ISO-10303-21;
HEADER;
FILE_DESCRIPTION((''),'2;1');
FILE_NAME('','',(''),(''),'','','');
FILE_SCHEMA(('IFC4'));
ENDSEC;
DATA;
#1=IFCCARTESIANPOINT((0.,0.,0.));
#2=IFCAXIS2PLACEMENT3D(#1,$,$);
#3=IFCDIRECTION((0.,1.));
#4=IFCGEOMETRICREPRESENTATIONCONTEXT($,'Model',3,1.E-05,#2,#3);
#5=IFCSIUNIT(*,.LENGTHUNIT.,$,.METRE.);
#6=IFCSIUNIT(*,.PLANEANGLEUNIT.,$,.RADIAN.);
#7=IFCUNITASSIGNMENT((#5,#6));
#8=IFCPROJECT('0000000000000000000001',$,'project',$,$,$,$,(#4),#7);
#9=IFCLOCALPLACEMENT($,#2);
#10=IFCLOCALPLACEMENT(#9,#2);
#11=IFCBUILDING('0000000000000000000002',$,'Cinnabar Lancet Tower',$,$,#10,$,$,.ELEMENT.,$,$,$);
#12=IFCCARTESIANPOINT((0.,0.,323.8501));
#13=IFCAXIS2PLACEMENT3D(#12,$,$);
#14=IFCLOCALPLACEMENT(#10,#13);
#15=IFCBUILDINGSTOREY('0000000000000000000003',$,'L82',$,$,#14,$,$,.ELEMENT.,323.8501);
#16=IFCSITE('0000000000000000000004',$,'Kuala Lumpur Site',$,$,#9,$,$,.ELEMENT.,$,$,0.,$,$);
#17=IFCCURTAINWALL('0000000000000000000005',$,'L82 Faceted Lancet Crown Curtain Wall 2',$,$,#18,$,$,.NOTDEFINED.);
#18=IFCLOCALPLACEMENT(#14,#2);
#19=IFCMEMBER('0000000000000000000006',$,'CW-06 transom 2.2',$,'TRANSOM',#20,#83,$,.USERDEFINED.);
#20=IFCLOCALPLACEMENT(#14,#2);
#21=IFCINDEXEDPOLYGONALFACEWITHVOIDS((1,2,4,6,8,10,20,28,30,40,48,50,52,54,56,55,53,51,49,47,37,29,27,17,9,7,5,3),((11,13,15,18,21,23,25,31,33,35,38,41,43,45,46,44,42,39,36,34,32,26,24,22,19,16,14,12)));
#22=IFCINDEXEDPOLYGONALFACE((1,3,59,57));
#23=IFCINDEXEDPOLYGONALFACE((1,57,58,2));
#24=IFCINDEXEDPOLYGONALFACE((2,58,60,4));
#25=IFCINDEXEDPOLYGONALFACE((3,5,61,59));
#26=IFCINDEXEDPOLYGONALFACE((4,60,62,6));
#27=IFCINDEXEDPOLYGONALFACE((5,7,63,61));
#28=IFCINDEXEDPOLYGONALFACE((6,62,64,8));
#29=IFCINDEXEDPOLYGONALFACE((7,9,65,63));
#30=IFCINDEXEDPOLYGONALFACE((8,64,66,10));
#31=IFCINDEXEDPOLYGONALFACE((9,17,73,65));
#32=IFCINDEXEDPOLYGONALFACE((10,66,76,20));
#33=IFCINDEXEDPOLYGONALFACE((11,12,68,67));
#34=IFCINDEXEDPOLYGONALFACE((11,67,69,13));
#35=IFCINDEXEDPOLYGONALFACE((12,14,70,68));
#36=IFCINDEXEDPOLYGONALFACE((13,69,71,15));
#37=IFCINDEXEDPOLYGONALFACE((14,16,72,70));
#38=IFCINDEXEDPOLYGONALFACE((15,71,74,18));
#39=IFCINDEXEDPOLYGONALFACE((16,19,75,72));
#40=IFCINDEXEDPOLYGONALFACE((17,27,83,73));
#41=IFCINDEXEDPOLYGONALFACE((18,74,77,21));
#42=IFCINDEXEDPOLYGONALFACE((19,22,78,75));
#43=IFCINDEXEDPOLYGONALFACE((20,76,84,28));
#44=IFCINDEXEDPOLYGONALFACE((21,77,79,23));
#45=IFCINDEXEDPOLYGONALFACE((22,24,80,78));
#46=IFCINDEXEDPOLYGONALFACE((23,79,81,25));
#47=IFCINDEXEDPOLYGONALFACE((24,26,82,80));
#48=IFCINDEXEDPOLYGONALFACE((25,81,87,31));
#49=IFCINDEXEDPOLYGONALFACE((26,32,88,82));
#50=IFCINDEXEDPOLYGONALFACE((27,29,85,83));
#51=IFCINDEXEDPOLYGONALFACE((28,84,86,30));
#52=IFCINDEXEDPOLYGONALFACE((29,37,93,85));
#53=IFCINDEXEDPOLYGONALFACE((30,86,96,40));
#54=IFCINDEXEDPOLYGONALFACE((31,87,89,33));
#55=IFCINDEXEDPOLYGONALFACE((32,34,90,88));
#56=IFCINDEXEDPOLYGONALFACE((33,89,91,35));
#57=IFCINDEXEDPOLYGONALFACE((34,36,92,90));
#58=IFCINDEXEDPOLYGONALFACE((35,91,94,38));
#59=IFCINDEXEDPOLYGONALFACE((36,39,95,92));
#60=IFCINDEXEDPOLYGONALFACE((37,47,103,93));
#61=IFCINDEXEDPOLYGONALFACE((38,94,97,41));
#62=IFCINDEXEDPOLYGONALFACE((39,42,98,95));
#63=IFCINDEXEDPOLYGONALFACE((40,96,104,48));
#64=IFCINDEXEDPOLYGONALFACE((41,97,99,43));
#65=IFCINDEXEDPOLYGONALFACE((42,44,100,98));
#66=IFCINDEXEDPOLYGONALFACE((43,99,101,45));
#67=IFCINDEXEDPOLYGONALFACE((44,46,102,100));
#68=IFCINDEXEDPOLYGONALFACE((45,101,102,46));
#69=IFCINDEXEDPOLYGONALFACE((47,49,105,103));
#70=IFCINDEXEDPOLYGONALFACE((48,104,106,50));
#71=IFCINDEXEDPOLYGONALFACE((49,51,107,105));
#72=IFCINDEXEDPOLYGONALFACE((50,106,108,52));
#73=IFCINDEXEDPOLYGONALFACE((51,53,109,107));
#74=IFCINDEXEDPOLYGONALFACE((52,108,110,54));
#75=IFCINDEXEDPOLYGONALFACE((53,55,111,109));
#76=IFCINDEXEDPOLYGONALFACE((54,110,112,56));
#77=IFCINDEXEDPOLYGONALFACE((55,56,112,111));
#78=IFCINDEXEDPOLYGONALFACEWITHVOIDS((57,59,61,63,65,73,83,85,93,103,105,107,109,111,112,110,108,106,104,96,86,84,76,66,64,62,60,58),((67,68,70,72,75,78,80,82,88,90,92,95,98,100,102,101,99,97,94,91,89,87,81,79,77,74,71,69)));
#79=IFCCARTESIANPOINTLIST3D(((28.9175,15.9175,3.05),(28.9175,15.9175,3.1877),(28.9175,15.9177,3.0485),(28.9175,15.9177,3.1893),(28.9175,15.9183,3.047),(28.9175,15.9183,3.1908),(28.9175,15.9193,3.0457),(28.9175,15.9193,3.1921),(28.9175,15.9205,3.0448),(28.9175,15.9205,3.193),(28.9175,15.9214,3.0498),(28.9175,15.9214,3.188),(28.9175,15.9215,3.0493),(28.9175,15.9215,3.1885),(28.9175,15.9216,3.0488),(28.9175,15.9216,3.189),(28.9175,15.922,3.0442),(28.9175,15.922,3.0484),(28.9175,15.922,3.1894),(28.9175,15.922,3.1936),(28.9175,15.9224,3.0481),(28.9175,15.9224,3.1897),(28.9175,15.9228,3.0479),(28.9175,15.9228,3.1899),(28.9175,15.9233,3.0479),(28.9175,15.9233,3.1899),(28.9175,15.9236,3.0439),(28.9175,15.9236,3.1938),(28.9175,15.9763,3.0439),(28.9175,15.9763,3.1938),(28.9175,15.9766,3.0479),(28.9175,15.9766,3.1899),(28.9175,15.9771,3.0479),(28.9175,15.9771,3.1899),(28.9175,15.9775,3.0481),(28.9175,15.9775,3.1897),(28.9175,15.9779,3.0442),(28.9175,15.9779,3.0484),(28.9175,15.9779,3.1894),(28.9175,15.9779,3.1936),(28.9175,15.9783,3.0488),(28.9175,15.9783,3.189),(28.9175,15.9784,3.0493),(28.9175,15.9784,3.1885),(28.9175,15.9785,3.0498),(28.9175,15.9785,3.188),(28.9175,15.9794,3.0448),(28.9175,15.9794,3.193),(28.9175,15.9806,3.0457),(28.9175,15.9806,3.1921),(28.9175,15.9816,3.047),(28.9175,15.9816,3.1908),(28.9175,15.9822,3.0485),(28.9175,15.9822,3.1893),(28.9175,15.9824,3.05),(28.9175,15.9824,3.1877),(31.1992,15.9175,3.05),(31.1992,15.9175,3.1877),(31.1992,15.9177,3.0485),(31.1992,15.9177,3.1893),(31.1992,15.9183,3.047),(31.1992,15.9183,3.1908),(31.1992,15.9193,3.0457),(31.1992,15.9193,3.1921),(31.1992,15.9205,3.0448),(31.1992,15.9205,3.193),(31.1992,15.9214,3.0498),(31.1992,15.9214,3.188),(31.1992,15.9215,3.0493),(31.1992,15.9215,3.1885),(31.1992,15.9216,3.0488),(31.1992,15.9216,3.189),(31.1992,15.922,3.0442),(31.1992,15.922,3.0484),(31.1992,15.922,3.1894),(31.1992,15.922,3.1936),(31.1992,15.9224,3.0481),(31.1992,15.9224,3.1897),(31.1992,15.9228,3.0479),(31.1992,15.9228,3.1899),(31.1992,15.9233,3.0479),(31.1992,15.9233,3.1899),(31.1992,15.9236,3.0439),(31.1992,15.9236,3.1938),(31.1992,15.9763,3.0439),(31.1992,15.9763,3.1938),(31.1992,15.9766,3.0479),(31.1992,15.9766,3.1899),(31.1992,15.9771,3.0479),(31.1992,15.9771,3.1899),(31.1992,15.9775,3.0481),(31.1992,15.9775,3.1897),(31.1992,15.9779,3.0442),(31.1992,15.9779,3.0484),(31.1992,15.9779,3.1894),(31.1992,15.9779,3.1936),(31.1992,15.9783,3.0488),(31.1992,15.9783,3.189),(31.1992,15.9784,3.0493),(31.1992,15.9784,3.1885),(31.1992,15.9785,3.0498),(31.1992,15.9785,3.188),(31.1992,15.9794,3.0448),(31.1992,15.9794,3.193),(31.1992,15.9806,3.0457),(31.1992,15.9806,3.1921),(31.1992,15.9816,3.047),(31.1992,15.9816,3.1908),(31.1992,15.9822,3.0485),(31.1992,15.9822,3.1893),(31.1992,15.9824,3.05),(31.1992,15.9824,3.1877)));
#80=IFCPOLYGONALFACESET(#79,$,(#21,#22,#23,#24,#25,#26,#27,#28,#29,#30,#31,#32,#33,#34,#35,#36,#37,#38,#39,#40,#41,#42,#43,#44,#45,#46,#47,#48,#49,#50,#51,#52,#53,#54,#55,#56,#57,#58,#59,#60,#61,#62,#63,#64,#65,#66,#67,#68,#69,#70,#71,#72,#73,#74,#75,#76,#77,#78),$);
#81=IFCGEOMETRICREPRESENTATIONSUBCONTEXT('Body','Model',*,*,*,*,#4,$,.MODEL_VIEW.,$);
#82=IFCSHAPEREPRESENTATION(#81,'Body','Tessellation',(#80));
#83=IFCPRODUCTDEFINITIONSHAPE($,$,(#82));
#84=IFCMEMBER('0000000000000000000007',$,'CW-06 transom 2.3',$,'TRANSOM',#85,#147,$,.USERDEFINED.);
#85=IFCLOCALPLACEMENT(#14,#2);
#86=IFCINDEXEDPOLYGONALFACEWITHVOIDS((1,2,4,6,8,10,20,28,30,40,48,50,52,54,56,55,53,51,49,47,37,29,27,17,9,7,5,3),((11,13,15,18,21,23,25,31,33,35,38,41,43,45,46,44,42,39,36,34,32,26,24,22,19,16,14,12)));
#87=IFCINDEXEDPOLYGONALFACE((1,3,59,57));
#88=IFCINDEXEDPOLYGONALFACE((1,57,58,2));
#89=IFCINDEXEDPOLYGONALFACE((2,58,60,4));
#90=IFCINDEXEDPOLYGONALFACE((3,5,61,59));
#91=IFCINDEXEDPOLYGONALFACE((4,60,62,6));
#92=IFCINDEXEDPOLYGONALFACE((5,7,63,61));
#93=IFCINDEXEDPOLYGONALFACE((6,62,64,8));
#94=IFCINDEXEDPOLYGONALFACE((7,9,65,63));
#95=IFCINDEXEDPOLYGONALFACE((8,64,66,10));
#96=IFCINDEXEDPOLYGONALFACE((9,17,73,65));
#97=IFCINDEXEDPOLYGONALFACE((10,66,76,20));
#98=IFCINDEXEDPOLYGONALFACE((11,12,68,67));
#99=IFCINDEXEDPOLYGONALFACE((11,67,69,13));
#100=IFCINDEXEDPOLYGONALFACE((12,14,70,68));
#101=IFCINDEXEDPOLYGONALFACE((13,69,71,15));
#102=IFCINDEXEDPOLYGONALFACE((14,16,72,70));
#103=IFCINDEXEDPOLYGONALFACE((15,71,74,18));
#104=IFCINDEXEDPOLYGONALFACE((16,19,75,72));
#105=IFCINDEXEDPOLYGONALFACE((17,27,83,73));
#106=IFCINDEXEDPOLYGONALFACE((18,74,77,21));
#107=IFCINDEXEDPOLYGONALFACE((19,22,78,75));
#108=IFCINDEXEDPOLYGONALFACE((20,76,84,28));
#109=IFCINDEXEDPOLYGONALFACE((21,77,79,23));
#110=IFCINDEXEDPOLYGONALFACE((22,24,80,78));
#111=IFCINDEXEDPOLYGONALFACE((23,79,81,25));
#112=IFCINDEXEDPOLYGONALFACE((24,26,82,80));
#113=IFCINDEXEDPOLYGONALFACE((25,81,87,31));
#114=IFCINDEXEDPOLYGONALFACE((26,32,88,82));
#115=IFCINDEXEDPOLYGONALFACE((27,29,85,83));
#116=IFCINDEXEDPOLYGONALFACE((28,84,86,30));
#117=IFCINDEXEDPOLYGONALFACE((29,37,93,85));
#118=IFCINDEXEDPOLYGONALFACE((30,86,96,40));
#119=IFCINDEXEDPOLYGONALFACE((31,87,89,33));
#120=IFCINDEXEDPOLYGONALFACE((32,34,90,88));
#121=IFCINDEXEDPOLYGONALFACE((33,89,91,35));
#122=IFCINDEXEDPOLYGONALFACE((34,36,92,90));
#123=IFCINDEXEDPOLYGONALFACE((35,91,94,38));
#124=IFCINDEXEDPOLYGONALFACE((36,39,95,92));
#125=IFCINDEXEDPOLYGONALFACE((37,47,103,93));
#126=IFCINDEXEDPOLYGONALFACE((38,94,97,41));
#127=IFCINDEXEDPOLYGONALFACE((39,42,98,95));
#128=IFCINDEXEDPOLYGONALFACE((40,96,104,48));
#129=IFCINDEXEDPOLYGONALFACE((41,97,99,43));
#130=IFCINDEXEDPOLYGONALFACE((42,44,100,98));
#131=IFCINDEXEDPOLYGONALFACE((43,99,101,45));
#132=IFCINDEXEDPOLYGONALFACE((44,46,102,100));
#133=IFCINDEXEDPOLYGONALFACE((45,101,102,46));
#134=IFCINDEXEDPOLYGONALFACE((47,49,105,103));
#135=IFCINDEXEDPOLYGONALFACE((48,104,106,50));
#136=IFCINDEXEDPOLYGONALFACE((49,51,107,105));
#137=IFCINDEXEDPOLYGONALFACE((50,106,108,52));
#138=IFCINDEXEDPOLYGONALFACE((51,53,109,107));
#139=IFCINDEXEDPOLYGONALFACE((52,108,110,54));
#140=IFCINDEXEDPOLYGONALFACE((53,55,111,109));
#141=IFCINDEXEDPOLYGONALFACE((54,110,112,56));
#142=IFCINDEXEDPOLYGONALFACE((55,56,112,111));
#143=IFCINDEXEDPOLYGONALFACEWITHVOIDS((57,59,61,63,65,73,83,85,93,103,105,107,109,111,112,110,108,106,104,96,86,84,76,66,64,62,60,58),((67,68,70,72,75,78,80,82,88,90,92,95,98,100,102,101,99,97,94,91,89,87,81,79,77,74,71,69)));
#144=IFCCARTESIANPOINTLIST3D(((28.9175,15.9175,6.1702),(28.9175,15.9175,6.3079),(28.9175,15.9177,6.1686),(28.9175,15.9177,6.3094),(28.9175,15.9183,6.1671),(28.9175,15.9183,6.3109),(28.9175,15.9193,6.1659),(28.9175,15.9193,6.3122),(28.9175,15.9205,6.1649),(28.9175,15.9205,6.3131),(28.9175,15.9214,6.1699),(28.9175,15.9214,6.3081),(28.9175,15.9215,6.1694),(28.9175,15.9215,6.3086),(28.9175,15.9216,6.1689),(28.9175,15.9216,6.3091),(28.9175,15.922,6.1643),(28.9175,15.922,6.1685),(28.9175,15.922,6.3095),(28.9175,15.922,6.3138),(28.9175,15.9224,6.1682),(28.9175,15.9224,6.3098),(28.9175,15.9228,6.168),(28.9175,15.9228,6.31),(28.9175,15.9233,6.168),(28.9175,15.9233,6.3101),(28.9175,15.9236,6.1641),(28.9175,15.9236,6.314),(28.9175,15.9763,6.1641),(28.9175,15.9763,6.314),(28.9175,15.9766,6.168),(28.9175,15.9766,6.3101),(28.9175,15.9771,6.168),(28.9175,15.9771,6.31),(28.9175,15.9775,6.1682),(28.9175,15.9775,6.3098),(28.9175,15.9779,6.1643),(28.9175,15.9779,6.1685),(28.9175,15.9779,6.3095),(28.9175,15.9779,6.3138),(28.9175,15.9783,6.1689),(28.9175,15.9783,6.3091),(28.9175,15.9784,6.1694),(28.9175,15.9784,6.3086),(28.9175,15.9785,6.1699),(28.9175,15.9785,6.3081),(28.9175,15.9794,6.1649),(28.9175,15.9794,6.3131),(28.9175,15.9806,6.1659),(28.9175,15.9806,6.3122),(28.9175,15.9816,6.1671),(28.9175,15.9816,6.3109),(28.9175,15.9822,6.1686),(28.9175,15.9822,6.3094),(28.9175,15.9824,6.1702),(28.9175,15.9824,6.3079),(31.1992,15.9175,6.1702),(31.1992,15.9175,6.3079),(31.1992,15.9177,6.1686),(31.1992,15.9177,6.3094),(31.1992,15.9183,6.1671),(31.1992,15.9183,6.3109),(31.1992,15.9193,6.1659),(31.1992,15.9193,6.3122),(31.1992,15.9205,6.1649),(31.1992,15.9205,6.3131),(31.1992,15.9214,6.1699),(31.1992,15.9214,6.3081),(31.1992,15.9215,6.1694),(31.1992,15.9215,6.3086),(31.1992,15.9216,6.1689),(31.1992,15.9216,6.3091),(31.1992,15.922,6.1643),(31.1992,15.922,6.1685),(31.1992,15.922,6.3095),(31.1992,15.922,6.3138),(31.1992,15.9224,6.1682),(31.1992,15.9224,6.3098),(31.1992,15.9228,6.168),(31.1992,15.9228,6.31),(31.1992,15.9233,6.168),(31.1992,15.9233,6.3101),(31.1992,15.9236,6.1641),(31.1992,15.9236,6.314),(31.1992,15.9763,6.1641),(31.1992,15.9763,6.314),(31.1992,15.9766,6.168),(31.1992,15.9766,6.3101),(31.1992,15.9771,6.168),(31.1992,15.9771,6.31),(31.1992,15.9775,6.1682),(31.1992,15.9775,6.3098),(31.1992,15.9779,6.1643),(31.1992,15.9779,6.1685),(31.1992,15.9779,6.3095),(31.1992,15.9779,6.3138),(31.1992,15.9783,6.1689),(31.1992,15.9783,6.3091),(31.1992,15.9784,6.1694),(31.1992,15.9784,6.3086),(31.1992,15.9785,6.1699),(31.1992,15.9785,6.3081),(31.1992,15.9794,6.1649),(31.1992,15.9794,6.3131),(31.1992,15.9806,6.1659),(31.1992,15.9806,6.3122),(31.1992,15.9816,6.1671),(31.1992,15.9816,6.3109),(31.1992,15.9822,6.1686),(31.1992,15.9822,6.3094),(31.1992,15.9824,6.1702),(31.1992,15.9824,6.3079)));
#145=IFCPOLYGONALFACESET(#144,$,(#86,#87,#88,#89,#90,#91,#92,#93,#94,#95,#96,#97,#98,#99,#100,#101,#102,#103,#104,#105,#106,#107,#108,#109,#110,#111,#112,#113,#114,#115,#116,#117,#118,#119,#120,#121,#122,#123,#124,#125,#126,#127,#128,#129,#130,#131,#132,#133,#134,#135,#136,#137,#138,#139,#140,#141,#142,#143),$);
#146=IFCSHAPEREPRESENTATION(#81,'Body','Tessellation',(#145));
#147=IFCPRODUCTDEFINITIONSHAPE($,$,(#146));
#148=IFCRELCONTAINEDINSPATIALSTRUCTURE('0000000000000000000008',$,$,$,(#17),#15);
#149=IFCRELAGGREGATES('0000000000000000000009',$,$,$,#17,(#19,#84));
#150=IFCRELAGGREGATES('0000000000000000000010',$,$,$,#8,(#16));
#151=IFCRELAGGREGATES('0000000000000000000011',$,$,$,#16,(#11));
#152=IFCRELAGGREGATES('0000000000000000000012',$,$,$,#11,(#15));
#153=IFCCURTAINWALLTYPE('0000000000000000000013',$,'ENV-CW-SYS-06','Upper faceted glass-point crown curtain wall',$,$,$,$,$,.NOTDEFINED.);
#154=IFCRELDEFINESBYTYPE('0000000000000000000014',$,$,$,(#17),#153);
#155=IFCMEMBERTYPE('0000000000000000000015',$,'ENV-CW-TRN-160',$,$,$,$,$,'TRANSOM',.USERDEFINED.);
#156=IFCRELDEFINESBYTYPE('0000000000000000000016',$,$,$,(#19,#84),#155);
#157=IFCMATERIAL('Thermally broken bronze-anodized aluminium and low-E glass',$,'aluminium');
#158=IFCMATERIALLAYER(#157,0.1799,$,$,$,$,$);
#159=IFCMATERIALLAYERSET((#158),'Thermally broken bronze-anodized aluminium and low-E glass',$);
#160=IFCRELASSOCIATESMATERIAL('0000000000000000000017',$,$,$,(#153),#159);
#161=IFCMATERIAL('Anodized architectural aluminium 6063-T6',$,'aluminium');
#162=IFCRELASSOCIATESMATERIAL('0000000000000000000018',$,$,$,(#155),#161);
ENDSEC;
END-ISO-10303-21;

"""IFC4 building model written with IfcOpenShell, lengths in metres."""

from ifc_helpers import new_model, si_unit, direction, frame, origin, origin_2d, place, context, subcontext, project, spatial, hollow_rectangle, extrude, material, layer, layer_set, material_profile, profile_set, type_object, element, aggregate, save


model = new_model("IFC4")

# Units and contexts
model_context = context("Model", 3, precision=1e-05, world=origin(), true_north=direction((0.0, 1.0)))
body_context = subcontext(model_context, "Body", "Model", "MODEL_VIEW")
ifc_project = project(units=[si_unit("LENGTHUNIT", "METRE"), si_unit("PLANEANGLEUNIT", "RADIAN")], contexts=[model_context])

# Site, building, storey
site_placement = place(None, origin())
site = spatial("IfcSite", under=ifc_project, at=site_placement, Name="Kuala Lumpur Site", CompositionType="ELEMENT", RefElevation=0.0)
building_placement = place(site_placement, origin())
building = spatial("IfcBuilding", under=site, at=building_placement, Name="Cinnabar Lancet Tower", CompositionType="ELEMENT")
storey_placement = place(building_placement, frame((0.0, 0.0, 323.8501)))
storey = spatial("IfcBuildingStorey", under=building, at=storey_placement, Name="L82", CompositionType="ELEMENT", Elevation=323.8501)

# Curtain wall
ifc_material_1 = material(Name="Thermally broken bronze-anodized aluminium and low-E glass", Category="aluminium")
ifc_layer_1 = layer(ifc_material_1, 0.1799)
ifc_layer_set_1 = layer_set([ifc_layer_1], Name="Thermally broken bronze-anodized aluminium and low-E glass")
curtain_wall_type = type_object("IfcCurtainWallType", Name="ENV-CW-SYS-06", Description="Upper faceted glass-point crown curtain wall", PredefinedType="NOTDEFINED", material=ifc_layer_set_1)
curtain_wall_1_placement = place(storey_placement, origin())
curtain_wall_1 = element("IfcCurtainWall", 1, at=curtain_wall_1_placement, inside=storey, type_object=curtain_wall_type, Name="L82 Faceted Lancet Crown Curtain Wall 2", PredefinedType="NOTDEFINED")

# Members
ifc_material_2 = material(Name="Anodized architectural aluminium 6063-T6", Category="aluminium")
ifc_material_profile_1 = material_profile(ifc_material_2, hollow_rectangle(XDim=0.0649, YDim=0.1499, WallThickness=0.0039, InnerFilletRadius=0.002, OuterFilletRadius=0.0061, at=origin_2d()), Name="CW-TRN 150x65x4")
ifc_profile_set_1 = profile_set([ifc_material_profile_1], Name="Anodized architectural aluminium 6063-T6")
member_type_1 = type_object("IfcMemberType", Name="ENV-CW-TRN-160", ElementType="TRANSOM", PredefinedType="USERDEFINED", material=ifc_profile_set_1)
member_1_placement = place(storey_placement, frame((28.9175, 15.95, 3.1189), z_axis=(1.0, 0.0, 0.0), x_axis=(0.0, 1.0, 0.0)))
member_1 = element("IfcMember", 2, at=member_1_placement, type_object=member_type_1, Name="CW-06 transom 2.2", ObjectType="TRANSOM", PredefinedType="USERDEFINED", context=body_context, shape_type="SweptSolid", body=[
    extrude(hollow_rectangle(XDim=0.0649, YDim=0.1499, WallThickness=0.0039, InnerFilletRadius=0.002, OuterFilletRadius=0.0061, at=origin_2d()), origin(), (0.0, 0.0, 1.0), 2.2817),
])
member_2_placement = place(storey_placement, frame((28.9175, 15.95, 6.239), z_axis=(1.0, 0.0, 0.0), x_axis=(0.0, 1.0, 0.0)))
member_2 = element("IfcMember", 3, at=member_2_placement, type_object=member_type_1, Name="CW-06 transom 2.3", ObjectType="TRANSOM", PredefinedType="USERDEFINED", context=body_context, shape_type="SweptSolid", body=[
    extrude(hollow_rectangle(XDim=0.0649, YDim=0.1499, WallThickness=0.0039, InnerFilletRadius=0.002, OuterFilletRadius=0.0061, at=origin_2d()), origin(), (0.0, 0.0, 1.0), 2.2817),
])

aggregate(curtain_wall_1, [member_1, member_2])

save(model, "model.ifc")
